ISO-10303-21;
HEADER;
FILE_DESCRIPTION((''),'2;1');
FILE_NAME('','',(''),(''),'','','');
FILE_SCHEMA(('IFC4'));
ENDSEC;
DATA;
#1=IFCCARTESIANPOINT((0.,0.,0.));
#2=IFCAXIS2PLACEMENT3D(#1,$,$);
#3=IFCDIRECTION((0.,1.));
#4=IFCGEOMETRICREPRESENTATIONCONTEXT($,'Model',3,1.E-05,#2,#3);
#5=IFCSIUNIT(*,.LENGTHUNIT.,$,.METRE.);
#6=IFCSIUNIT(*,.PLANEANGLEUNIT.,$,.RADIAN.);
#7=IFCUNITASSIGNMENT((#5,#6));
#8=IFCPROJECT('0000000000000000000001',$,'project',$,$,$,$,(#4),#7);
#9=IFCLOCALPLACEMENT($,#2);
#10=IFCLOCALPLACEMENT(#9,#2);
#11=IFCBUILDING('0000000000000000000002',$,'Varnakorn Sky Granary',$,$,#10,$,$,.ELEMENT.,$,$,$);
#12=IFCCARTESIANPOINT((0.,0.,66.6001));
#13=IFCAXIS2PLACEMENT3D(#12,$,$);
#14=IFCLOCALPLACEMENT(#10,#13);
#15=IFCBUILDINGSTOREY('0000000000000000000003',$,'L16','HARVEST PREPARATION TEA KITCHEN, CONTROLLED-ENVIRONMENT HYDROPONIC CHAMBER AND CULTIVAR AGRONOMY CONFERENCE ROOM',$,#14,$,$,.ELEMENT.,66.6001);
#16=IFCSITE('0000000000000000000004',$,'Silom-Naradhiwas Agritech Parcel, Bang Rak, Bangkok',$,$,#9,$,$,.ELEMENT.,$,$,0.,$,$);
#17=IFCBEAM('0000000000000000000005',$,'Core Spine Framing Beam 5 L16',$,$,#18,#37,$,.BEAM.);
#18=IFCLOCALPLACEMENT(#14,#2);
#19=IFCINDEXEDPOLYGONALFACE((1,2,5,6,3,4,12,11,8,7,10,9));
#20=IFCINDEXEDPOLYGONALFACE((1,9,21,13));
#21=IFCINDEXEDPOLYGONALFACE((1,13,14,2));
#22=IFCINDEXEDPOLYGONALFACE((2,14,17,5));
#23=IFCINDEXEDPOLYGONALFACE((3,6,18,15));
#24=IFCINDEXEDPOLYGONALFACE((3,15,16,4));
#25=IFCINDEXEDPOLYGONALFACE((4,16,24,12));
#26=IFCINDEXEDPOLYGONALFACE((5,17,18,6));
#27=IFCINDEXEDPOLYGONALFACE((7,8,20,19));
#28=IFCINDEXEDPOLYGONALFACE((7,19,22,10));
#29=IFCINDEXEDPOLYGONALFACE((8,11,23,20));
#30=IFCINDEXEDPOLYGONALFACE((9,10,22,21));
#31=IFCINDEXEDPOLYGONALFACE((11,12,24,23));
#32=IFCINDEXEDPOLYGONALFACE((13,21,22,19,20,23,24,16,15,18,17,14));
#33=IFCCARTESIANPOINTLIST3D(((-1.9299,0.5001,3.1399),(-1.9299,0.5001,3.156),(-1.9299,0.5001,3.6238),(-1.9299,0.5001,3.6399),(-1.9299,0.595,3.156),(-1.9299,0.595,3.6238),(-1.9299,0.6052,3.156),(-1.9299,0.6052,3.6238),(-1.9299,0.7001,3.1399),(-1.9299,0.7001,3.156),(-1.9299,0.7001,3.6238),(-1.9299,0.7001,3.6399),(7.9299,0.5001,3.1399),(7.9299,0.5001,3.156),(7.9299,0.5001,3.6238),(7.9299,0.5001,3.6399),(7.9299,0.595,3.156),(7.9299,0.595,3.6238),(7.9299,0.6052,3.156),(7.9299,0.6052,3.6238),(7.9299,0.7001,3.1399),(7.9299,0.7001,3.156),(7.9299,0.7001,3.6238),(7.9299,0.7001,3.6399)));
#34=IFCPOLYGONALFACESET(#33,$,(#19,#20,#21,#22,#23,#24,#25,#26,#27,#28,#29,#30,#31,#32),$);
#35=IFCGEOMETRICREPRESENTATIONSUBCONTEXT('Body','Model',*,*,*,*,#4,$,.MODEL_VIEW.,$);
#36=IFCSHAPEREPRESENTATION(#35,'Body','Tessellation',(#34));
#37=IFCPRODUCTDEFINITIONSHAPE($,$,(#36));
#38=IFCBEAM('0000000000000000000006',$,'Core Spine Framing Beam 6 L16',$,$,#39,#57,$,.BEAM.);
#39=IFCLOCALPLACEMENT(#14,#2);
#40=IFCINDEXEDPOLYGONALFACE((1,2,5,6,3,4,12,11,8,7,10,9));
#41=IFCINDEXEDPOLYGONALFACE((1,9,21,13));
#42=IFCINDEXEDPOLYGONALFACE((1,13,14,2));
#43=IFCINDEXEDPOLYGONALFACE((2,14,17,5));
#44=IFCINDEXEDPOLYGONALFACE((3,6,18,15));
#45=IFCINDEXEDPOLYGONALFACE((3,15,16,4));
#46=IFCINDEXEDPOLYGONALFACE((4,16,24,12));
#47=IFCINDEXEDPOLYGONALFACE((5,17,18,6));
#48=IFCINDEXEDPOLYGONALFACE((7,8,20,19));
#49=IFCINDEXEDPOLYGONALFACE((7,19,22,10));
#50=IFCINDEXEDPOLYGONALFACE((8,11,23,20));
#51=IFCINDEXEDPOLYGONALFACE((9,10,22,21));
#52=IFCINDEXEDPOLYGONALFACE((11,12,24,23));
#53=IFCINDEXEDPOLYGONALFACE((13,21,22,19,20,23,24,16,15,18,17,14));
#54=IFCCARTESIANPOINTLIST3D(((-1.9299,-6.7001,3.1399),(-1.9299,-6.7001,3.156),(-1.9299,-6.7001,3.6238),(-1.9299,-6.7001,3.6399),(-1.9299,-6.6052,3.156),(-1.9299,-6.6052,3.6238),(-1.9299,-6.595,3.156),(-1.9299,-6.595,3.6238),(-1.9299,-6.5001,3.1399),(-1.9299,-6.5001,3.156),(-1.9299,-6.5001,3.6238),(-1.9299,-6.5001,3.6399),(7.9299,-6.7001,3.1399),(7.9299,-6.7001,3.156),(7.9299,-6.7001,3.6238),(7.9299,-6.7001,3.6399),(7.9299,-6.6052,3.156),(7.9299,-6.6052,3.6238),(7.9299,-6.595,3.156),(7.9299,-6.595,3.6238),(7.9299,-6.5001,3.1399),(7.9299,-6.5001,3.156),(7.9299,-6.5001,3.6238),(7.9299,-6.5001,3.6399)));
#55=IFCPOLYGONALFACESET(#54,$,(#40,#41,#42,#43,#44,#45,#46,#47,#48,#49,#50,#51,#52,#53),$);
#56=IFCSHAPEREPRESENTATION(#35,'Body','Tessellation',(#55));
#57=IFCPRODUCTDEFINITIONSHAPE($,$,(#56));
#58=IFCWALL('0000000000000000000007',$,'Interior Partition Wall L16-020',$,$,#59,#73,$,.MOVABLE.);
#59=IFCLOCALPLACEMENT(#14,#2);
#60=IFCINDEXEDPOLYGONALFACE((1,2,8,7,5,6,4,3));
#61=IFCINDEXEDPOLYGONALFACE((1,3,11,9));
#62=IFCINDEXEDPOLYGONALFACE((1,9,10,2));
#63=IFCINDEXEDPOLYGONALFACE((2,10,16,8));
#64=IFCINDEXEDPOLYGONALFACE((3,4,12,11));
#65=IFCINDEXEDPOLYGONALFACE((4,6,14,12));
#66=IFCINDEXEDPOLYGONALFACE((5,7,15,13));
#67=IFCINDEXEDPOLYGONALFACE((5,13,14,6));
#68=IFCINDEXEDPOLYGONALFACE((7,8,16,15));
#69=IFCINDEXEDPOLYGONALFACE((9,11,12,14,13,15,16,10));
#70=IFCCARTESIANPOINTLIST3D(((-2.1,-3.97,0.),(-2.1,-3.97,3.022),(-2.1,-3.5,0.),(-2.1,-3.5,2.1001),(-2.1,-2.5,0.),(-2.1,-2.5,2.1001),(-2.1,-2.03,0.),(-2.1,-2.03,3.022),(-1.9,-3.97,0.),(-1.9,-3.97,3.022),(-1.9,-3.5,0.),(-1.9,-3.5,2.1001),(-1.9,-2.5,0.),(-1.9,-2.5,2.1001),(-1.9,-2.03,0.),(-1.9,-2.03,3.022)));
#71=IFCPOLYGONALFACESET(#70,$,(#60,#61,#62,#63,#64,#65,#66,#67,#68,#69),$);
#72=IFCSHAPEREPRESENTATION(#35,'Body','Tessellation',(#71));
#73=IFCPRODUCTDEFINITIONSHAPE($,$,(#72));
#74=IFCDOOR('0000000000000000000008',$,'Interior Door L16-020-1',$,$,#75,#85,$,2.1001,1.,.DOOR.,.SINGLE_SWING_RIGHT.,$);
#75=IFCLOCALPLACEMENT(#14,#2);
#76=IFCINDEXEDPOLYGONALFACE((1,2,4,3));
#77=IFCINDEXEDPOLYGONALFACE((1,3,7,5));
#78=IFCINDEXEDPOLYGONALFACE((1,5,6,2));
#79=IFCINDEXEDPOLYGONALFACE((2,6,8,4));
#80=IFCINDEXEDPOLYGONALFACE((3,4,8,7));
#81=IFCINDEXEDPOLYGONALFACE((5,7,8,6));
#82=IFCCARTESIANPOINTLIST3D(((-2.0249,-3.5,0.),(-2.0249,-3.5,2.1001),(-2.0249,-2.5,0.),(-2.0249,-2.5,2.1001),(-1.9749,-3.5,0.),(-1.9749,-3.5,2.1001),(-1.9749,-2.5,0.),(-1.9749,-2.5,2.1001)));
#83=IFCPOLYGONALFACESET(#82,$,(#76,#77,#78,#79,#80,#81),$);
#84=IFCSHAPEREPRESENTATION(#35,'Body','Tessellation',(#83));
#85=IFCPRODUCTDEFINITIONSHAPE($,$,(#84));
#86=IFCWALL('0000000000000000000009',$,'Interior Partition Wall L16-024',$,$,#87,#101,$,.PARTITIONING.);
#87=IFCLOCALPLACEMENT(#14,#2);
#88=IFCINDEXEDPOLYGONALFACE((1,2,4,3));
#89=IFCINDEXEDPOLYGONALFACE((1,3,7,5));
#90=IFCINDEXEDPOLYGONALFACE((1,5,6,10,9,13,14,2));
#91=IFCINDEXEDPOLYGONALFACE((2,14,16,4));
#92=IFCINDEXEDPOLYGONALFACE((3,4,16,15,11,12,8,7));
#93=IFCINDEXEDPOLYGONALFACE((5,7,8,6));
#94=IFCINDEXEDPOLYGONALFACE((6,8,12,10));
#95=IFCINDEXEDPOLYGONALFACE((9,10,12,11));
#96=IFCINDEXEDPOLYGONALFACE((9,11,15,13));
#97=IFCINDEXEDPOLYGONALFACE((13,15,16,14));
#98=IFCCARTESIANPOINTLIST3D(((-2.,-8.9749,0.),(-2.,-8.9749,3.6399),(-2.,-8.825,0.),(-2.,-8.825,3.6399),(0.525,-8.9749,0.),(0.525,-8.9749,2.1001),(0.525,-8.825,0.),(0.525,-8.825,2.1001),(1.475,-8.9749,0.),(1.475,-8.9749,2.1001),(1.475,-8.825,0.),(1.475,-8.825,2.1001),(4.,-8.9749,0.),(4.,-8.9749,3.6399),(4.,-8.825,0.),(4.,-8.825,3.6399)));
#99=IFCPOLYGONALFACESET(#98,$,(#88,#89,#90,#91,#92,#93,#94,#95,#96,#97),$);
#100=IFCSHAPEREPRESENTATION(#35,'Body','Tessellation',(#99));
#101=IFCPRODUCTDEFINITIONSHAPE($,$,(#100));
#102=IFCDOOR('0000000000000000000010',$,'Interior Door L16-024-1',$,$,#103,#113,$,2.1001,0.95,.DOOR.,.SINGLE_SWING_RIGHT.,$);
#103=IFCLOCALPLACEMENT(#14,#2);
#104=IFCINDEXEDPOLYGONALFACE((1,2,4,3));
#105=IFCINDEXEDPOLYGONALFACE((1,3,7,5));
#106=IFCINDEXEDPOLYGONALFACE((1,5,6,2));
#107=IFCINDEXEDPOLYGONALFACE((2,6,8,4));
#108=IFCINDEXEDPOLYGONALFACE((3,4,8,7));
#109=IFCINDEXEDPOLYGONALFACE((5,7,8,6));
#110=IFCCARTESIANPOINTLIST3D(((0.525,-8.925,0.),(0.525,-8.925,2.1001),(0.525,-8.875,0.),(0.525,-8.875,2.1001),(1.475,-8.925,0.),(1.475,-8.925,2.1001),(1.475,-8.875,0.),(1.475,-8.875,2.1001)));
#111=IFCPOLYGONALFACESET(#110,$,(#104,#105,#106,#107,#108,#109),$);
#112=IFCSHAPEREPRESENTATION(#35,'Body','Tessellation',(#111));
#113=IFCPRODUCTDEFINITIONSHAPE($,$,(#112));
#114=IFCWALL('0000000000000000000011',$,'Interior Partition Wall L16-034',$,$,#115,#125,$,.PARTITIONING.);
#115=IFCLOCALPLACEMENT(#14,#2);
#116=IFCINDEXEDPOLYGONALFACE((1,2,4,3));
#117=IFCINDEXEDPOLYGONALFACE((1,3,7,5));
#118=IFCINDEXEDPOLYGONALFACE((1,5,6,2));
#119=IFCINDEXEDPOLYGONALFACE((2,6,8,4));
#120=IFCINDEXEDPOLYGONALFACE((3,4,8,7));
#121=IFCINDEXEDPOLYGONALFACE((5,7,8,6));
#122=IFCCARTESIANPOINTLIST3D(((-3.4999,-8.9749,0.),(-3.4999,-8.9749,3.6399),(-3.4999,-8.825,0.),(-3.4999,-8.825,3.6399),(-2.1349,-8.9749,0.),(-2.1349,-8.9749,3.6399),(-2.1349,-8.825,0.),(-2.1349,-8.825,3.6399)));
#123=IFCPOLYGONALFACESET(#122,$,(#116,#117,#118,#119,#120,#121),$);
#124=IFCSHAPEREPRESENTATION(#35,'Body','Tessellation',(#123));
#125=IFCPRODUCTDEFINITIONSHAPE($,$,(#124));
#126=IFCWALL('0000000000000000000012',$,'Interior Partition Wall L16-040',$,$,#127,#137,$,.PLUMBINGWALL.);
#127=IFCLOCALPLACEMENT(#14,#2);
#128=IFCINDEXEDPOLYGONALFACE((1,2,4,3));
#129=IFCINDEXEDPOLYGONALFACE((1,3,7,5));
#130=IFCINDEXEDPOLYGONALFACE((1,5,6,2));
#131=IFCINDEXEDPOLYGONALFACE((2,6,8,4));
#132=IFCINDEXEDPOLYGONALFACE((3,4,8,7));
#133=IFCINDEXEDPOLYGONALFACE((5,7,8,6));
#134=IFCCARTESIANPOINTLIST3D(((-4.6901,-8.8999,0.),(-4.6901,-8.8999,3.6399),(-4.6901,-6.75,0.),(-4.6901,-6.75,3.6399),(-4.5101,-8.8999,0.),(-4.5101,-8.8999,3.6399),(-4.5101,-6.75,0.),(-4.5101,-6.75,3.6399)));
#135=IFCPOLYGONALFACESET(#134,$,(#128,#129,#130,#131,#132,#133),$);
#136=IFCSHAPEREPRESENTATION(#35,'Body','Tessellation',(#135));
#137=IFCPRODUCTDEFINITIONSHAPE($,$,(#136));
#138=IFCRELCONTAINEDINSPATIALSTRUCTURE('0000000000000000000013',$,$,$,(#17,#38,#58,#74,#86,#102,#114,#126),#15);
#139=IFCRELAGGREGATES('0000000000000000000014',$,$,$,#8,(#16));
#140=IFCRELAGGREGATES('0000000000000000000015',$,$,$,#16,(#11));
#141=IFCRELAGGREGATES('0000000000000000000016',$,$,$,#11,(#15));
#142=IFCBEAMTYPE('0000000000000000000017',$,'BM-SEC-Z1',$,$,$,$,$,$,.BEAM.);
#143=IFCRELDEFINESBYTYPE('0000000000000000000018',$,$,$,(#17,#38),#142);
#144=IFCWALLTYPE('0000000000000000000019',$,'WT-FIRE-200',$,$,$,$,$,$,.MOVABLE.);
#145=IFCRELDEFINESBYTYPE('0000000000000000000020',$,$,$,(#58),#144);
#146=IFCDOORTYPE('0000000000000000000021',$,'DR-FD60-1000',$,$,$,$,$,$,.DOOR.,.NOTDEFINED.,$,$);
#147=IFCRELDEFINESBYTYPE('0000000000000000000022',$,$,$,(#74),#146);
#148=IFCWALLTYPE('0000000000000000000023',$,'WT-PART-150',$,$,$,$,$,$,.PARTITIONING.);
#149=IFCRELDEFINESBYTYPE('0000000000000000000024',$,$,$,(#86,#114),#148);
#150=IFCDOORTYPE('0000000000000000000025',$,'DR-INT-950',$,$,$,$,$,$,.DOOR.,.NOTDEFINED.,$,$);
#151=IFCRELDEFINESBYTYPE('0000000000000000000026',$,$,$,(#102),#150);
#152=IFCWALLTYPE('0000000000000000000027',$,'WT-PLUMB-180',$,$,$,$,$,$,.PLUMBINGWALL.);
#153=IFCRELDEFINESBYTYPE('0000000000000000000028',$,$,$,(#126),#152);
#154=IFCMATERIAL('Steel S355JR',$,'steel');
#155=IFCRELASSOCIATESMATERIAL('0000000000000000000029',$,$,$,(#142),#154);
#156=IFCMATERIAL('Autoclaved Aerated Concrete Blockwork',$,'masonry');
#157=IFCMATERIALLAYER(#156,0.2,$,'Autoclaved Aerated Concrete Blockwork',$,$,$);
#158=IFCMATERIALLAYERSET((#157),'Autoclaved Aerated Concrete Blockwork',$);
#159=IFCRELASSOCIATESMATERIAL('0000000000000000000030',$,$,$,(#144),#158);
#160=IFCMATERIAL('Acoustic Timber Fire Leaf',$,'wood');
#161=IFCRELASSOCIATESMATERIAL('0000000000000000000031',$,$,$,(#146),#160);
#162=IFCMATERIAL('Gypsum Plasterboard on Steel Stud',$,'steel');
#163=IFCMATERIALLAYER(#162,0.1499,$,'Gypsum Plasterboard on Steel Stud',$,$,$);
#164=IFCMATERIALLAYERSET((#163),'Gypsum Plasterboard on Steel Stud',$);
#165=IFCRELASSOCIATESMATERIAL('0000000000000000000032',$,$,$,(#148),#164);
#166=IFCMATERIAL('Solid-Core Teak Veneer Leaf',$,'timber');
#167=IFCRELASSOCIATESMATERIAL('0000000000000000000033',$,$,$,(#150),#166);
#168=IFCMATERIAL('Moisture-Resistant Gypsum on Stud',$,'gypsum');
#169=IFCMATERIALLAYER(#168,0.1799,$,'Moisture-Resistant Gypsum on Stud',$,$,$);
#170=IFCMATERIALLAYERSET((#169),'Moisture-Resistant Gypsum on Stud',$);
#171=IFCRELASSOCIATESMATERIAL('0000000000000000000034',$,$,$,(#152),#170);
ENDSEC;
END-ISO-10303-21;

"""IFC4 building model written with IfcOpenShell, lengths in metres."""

from ifc_helpers import new_model, si_unit, direction, frame, frame_2d, origin, origin_2d, place, context, subcontext, project, spatial, rectangle, i_section, extrude, material, layer, layer_set, material_profile, profile_set, type_object, element, fill, save


model = new_model("IFC4")

# Units and contexts
model_context = context("Model", 3, precision=1e-05, world=origin(), true_north=direction((0.0, 1.0)))
body_context = subcontext(model_context, "Body", "Model", "MODEL_VIEW")
ifc_project = project(units=[si_unit("LENGTHUNIT", "METRE"), si_unit("PLANEANGLEUNIT", "RADIAN")], contexts=[model_context])

# Site, building, storey
site_placement = place(None, origin())
site = spatial("IfcSite", under=ifc_project, at=site_placement, Name="Silom-Naradhiwas Agritech Parcel, Bang Rak, Bangkok", CompositionType="ELEMENT", RefElevation=0.0)
building_placement = place(site_placement, origin())
building = spatial("IfcBuilding", under=site, at=building_placement, Name="Varnakorn Sky Granary", CompositionType="ELEMENT")
storey_placement = place(building_placement, frame((0.0, 0.0, 66.6001)))
storey = spatial("IfcBuildingStorey", under=building, at=storey_placement, Name="L16", Description="HARVEST PREPARATION TEA KITCHEN, CONTROLLED-ENVIRONMENT HYDROPONIC CHAMBER AND CULTIVAR AGRONOMY CONFERENCE ROOM", CompositionType="ELEMENT", Elevation=66.6001)

# Beams
ifc_material_1 = material(Name="Steel S355JR", Category="steel")
ifc_material_profile_1 = material_profile(ifc_material_1, i_section(OverallWidth=0.2, OverallDepth=0.5, WebThickness=0.0103, FlangeThickness=0.0161, at=origin_2d()), Name="IPE 500")
ifc_profile_set_1 = profile_set([ifc_material_profile_1], Name="Steel S355JR")
beam_type_1 = type_object("IfcBeamType", Name="BM-SEC-Z1", PredefinedType="BEAM", material=ifc_profile_set_1)
for number, where, z_axis, x_axis, name in (
    (1, (-1.9299, 0.6001, 3.3899), (1.0, 0.0, 0.0), (0.0, 1.0, 0.0), "Core Spine Framing Beam 5 L16"),
    (2, (-1.9299, -6.6001, 3.3899), (1.0, 0.0, 0.0), (0.0, 1.0, 0.0), "Core Spine Framing Beam 6 L16"),
):
    element("IfcBeam", number, at=place(storey_placement, frame(where, z_axis=z_axis, x_axis=x_axis)), inside=storey, type_object=beam_type_1, Name=name, PredefinedType="BEAM", context=body_context, shape_type="SweptSolid", body=[
        extrude(i_section(OverallWidth=0.2, OverallDepth=0.5, WebThickness=0.0103, FlangeThickness=0.0161, at=origin_2d()), origin(), (0.0, 0.0, 1.0), 9.8599),
    ])

# Walls, openings, doors
ifc_material_2 = material(Name="Autoclaved Aerated Concrete Blockwork", Category="masonry")
ifc_layer_1 = layer(ifc_material_2, 0.2, Name="Autoclaved Aerated Concrete Blockwork")
ifc_layer_set_1 = layer_set([ifc_layer_1], Name="Autoclaved Aerated Concrete Blockwork")
wall_type_1 = type_object("IfcWallType", Name="WT-FIRE-200", PredefinedType="MOVABLE", material=ifc_layer_set_1)
wall_1_placement = place(storey_placement, frame((-2.0, -3.97, 0.0), z_axis=(0.0, 0.0, 1.0), x_axis=(0.0, 1.0, 0.0)))
wall_1 = element("IfcWall", 3, at=wall_1_placement, inside=storey, type_object=wall_type_1, Name="Interior Partition Wall L16-020", PredefinedType="MOVABLE", context=body_context, shape_type="SweptSolid", body=[
    extrude(rectangle(XDim=1.9399, YDim=0.2, at=frame_2d((0.97, 0.0))), origin(), (0.0, 0.0, 1.0), 3.022),
])
opening_1_placement = place(wall_1_placement, frame((0.47, 0.0, 0.0)))
opening_1 = element("IfcOpeningElement", 4, at=opening_1_placement, cuts=wall_1, PredefinedType="OPENING", context=body_context, shape_type="SweptSolid", body=[
    extrude(rectangle(XDim=1.0, YDim=2.1001, at=frame_2d((0.5, 1.05))), frame((0.0, 0.1099, 0.0), z_axis=(0.0, -1.0, 0.0), x_axis=(1.0, 0.0, 0.0)), (0.0, 0.0, 1.0), 0.22),
])
ifc_material_3 = material(Name="Acoustic Timber Fire Leaf", Category="wood")
door_type_1 = type_object("IfcDoorType", Name="DR-FD60-1000", OperationType="NOTDEFINED", PredefinedType="DOOR", material=ifc_material_3)
door_1_placement = place(opening_1_placement, origin())
door_1 = element("IfcDoor", 5, at=door_1_placement, inside=storey, type_object=door_type_1, Name="Interior Door L16-020-1", OperationType="SINGLE_SWING_RIGHT", OverallHeight=2.1001, OverallWidth=1.0, PredefinedType="DOOR", context=body_context, shape_type="SweptSolid", body=[
    extrude(rectangle(XDim=1.0, YDim=2.1001, at=frame_2d((0.5, 1.05))), frame((0.0, 0.0249, 0.0), z_axis=(0.0, -1.0, 0.0), x_axis=(1.0, 0.0, 0.0)), (0.0, 0.0, 1.0), 0.05),
])
fill(opening_1, door_1)
ifc_material_4 = material(Name="Gypsum Plasterboard on Steel Stud", Category="steel")
ifc_layer_2 = layer(ifc_material_4, 0.1499, Name="Gypsum Plasterboard on Steel Stud")
ifc_layer_set_2 = layer_set([ifc_layer_2], Name="Gypsum Plasterboard on Steel Stud")
wall_type_2 = type_object("IfcWallType", Name="WT-PART-150", PredefinedType="PARTITIONING", material=ifc_layer_set_2)
wall_2_placement = place(storey_placement, frame((-2.0, -8.8999, 0.0), z_axis=(0.0, 0.0, 1.0), x_axis=(1.0, 0.0, 0.0)))
wall_2 = element("IfcWall", 6, at=wall_2_placement, inside=storey, type_object=wall_type_2, Name="Interior Partition Wall L16-024", PredefinedType="PARTITIONING", context=body_context, shape_type="SweptSolid", body=[
    extrude(rectangle(XDim=6.0, YDim=0.1499, at=frame_2d((3.0, 0.0))), origin(), (0.0, 0.0, 1.0), 3.6399),
])
opening_2_placement = place(wall_2_placement, frame((2.5249, 0.0, 0.0)))
opening_2 = element("IfcOpeningElement", 7, at=opening_2_placement, cuts=wall_2, PredefinedType="OPENING", context=body_context, shape_type="SweptSolid", body=[
    extrude(rectangle(XDim=0.95, YDim=2.1001, at=frame_2d((0.4751, 1.05))), frame((0.0, 0.085, 0.0), z_axis=(0.0, -1.0, 0.0), x_axis=(1.0, 0.0, 0.0)), (0.0, 0.0, 1.0), 0.1699),
])
ifc_material_5 = material(Name="Solid-Core Teak Veneer Leaf", Category="timber")
door_type_2 = type_object("IfcDoorType", Name="DR-INT-950", OperationType="NOTDEFINED", PredefinedType="DOOR", material=ifc_material_5)
door_2_placement = place(opening_2_placement, origin())
door_2 = element("IfcDoor", 8, at=door_2_placement, inside=storey, type_object=door_type_2, Name="Interior Door L16-024-1", OperationType="SINGLE_SWING_RIGHT", OverallHeight=2.1001, OverallWidth=0.95, PredefinedType="DOOR", context=body_context, shape_type="SweptSolid", body=[
    extrude(rectangle(XDim=0.95, YDim=2.1001, at=frame_2d((0.4751, 1.05))), frame((0.0, 0.0249, 0.0), z_axis=(0.0, -1.0, 0.0), x_axis=(1.0, 0.0, 0.0)), (0.0, 0.0, 1.0), 0.05),
])
fill(opening_2, door_2)

# Walls
wall_3_placement = place(storey_placement, frame((-3.5, -8.8999, 0.0), z_axis=(0.0, 0.0, 1.0), x_axis=(1.0, 0.0, 0.0)))
element("IfcWall", 9, at=wall_3_placement, inside=storey, type_object=wall_type_2, Name="Interior Partition Wall L16-034", PredefinedType="PARTITIONING", context=body_context, shape_type="SweptSolid", body=[
    extrude(rectangle(XDim=1.365, YDim=0.1499, at=frame_2d((0.6826, 0.0))), origin(), (0.0, 0.0, 1.0), 3.6399),
])
ifc_material_6 = material(Name="Moisture-Resistant Gypsum on Stud", Category="gypsum")
ifc_layer_3 = layer(ifc_material_6, 0.1799, Name="Moisture-Resistant Gypsum on Stud")
ifc_layer_set_3 = layer_set([ifc_layer_3], Name="Moisture-Resistant Gypsum on Stud")
wall_type_3 = type_object("IfcWallType", Name="WT-PLUMB-180", PredefinedType="PLUMBINGWALL", material=ifc_layer_set_3)
wall_4_placement = place(storey_placement, frame((-4.6001, -6.75, 0.0), z_axis=(0.0, 0.0, 1.0), x_axis=(0.0, -1.0, 0.0)))
element("IfcWall", 10, at=wall_4_placement, inside=storey, type_object=wall_type_3, Name="Interior Partition Wall L16-040", PredefinedType="PLUMBINGWALL", context=body_context, shape_type="SweptSolid", body=[
    extrude(rectangle(XDim=2.1499, YDim=0.1799, at=frame_2d((1.075, 0.0))), origin(), (0.0, 0.0, 1.0), 3.6399),
])

save(model, "model.ifc")
